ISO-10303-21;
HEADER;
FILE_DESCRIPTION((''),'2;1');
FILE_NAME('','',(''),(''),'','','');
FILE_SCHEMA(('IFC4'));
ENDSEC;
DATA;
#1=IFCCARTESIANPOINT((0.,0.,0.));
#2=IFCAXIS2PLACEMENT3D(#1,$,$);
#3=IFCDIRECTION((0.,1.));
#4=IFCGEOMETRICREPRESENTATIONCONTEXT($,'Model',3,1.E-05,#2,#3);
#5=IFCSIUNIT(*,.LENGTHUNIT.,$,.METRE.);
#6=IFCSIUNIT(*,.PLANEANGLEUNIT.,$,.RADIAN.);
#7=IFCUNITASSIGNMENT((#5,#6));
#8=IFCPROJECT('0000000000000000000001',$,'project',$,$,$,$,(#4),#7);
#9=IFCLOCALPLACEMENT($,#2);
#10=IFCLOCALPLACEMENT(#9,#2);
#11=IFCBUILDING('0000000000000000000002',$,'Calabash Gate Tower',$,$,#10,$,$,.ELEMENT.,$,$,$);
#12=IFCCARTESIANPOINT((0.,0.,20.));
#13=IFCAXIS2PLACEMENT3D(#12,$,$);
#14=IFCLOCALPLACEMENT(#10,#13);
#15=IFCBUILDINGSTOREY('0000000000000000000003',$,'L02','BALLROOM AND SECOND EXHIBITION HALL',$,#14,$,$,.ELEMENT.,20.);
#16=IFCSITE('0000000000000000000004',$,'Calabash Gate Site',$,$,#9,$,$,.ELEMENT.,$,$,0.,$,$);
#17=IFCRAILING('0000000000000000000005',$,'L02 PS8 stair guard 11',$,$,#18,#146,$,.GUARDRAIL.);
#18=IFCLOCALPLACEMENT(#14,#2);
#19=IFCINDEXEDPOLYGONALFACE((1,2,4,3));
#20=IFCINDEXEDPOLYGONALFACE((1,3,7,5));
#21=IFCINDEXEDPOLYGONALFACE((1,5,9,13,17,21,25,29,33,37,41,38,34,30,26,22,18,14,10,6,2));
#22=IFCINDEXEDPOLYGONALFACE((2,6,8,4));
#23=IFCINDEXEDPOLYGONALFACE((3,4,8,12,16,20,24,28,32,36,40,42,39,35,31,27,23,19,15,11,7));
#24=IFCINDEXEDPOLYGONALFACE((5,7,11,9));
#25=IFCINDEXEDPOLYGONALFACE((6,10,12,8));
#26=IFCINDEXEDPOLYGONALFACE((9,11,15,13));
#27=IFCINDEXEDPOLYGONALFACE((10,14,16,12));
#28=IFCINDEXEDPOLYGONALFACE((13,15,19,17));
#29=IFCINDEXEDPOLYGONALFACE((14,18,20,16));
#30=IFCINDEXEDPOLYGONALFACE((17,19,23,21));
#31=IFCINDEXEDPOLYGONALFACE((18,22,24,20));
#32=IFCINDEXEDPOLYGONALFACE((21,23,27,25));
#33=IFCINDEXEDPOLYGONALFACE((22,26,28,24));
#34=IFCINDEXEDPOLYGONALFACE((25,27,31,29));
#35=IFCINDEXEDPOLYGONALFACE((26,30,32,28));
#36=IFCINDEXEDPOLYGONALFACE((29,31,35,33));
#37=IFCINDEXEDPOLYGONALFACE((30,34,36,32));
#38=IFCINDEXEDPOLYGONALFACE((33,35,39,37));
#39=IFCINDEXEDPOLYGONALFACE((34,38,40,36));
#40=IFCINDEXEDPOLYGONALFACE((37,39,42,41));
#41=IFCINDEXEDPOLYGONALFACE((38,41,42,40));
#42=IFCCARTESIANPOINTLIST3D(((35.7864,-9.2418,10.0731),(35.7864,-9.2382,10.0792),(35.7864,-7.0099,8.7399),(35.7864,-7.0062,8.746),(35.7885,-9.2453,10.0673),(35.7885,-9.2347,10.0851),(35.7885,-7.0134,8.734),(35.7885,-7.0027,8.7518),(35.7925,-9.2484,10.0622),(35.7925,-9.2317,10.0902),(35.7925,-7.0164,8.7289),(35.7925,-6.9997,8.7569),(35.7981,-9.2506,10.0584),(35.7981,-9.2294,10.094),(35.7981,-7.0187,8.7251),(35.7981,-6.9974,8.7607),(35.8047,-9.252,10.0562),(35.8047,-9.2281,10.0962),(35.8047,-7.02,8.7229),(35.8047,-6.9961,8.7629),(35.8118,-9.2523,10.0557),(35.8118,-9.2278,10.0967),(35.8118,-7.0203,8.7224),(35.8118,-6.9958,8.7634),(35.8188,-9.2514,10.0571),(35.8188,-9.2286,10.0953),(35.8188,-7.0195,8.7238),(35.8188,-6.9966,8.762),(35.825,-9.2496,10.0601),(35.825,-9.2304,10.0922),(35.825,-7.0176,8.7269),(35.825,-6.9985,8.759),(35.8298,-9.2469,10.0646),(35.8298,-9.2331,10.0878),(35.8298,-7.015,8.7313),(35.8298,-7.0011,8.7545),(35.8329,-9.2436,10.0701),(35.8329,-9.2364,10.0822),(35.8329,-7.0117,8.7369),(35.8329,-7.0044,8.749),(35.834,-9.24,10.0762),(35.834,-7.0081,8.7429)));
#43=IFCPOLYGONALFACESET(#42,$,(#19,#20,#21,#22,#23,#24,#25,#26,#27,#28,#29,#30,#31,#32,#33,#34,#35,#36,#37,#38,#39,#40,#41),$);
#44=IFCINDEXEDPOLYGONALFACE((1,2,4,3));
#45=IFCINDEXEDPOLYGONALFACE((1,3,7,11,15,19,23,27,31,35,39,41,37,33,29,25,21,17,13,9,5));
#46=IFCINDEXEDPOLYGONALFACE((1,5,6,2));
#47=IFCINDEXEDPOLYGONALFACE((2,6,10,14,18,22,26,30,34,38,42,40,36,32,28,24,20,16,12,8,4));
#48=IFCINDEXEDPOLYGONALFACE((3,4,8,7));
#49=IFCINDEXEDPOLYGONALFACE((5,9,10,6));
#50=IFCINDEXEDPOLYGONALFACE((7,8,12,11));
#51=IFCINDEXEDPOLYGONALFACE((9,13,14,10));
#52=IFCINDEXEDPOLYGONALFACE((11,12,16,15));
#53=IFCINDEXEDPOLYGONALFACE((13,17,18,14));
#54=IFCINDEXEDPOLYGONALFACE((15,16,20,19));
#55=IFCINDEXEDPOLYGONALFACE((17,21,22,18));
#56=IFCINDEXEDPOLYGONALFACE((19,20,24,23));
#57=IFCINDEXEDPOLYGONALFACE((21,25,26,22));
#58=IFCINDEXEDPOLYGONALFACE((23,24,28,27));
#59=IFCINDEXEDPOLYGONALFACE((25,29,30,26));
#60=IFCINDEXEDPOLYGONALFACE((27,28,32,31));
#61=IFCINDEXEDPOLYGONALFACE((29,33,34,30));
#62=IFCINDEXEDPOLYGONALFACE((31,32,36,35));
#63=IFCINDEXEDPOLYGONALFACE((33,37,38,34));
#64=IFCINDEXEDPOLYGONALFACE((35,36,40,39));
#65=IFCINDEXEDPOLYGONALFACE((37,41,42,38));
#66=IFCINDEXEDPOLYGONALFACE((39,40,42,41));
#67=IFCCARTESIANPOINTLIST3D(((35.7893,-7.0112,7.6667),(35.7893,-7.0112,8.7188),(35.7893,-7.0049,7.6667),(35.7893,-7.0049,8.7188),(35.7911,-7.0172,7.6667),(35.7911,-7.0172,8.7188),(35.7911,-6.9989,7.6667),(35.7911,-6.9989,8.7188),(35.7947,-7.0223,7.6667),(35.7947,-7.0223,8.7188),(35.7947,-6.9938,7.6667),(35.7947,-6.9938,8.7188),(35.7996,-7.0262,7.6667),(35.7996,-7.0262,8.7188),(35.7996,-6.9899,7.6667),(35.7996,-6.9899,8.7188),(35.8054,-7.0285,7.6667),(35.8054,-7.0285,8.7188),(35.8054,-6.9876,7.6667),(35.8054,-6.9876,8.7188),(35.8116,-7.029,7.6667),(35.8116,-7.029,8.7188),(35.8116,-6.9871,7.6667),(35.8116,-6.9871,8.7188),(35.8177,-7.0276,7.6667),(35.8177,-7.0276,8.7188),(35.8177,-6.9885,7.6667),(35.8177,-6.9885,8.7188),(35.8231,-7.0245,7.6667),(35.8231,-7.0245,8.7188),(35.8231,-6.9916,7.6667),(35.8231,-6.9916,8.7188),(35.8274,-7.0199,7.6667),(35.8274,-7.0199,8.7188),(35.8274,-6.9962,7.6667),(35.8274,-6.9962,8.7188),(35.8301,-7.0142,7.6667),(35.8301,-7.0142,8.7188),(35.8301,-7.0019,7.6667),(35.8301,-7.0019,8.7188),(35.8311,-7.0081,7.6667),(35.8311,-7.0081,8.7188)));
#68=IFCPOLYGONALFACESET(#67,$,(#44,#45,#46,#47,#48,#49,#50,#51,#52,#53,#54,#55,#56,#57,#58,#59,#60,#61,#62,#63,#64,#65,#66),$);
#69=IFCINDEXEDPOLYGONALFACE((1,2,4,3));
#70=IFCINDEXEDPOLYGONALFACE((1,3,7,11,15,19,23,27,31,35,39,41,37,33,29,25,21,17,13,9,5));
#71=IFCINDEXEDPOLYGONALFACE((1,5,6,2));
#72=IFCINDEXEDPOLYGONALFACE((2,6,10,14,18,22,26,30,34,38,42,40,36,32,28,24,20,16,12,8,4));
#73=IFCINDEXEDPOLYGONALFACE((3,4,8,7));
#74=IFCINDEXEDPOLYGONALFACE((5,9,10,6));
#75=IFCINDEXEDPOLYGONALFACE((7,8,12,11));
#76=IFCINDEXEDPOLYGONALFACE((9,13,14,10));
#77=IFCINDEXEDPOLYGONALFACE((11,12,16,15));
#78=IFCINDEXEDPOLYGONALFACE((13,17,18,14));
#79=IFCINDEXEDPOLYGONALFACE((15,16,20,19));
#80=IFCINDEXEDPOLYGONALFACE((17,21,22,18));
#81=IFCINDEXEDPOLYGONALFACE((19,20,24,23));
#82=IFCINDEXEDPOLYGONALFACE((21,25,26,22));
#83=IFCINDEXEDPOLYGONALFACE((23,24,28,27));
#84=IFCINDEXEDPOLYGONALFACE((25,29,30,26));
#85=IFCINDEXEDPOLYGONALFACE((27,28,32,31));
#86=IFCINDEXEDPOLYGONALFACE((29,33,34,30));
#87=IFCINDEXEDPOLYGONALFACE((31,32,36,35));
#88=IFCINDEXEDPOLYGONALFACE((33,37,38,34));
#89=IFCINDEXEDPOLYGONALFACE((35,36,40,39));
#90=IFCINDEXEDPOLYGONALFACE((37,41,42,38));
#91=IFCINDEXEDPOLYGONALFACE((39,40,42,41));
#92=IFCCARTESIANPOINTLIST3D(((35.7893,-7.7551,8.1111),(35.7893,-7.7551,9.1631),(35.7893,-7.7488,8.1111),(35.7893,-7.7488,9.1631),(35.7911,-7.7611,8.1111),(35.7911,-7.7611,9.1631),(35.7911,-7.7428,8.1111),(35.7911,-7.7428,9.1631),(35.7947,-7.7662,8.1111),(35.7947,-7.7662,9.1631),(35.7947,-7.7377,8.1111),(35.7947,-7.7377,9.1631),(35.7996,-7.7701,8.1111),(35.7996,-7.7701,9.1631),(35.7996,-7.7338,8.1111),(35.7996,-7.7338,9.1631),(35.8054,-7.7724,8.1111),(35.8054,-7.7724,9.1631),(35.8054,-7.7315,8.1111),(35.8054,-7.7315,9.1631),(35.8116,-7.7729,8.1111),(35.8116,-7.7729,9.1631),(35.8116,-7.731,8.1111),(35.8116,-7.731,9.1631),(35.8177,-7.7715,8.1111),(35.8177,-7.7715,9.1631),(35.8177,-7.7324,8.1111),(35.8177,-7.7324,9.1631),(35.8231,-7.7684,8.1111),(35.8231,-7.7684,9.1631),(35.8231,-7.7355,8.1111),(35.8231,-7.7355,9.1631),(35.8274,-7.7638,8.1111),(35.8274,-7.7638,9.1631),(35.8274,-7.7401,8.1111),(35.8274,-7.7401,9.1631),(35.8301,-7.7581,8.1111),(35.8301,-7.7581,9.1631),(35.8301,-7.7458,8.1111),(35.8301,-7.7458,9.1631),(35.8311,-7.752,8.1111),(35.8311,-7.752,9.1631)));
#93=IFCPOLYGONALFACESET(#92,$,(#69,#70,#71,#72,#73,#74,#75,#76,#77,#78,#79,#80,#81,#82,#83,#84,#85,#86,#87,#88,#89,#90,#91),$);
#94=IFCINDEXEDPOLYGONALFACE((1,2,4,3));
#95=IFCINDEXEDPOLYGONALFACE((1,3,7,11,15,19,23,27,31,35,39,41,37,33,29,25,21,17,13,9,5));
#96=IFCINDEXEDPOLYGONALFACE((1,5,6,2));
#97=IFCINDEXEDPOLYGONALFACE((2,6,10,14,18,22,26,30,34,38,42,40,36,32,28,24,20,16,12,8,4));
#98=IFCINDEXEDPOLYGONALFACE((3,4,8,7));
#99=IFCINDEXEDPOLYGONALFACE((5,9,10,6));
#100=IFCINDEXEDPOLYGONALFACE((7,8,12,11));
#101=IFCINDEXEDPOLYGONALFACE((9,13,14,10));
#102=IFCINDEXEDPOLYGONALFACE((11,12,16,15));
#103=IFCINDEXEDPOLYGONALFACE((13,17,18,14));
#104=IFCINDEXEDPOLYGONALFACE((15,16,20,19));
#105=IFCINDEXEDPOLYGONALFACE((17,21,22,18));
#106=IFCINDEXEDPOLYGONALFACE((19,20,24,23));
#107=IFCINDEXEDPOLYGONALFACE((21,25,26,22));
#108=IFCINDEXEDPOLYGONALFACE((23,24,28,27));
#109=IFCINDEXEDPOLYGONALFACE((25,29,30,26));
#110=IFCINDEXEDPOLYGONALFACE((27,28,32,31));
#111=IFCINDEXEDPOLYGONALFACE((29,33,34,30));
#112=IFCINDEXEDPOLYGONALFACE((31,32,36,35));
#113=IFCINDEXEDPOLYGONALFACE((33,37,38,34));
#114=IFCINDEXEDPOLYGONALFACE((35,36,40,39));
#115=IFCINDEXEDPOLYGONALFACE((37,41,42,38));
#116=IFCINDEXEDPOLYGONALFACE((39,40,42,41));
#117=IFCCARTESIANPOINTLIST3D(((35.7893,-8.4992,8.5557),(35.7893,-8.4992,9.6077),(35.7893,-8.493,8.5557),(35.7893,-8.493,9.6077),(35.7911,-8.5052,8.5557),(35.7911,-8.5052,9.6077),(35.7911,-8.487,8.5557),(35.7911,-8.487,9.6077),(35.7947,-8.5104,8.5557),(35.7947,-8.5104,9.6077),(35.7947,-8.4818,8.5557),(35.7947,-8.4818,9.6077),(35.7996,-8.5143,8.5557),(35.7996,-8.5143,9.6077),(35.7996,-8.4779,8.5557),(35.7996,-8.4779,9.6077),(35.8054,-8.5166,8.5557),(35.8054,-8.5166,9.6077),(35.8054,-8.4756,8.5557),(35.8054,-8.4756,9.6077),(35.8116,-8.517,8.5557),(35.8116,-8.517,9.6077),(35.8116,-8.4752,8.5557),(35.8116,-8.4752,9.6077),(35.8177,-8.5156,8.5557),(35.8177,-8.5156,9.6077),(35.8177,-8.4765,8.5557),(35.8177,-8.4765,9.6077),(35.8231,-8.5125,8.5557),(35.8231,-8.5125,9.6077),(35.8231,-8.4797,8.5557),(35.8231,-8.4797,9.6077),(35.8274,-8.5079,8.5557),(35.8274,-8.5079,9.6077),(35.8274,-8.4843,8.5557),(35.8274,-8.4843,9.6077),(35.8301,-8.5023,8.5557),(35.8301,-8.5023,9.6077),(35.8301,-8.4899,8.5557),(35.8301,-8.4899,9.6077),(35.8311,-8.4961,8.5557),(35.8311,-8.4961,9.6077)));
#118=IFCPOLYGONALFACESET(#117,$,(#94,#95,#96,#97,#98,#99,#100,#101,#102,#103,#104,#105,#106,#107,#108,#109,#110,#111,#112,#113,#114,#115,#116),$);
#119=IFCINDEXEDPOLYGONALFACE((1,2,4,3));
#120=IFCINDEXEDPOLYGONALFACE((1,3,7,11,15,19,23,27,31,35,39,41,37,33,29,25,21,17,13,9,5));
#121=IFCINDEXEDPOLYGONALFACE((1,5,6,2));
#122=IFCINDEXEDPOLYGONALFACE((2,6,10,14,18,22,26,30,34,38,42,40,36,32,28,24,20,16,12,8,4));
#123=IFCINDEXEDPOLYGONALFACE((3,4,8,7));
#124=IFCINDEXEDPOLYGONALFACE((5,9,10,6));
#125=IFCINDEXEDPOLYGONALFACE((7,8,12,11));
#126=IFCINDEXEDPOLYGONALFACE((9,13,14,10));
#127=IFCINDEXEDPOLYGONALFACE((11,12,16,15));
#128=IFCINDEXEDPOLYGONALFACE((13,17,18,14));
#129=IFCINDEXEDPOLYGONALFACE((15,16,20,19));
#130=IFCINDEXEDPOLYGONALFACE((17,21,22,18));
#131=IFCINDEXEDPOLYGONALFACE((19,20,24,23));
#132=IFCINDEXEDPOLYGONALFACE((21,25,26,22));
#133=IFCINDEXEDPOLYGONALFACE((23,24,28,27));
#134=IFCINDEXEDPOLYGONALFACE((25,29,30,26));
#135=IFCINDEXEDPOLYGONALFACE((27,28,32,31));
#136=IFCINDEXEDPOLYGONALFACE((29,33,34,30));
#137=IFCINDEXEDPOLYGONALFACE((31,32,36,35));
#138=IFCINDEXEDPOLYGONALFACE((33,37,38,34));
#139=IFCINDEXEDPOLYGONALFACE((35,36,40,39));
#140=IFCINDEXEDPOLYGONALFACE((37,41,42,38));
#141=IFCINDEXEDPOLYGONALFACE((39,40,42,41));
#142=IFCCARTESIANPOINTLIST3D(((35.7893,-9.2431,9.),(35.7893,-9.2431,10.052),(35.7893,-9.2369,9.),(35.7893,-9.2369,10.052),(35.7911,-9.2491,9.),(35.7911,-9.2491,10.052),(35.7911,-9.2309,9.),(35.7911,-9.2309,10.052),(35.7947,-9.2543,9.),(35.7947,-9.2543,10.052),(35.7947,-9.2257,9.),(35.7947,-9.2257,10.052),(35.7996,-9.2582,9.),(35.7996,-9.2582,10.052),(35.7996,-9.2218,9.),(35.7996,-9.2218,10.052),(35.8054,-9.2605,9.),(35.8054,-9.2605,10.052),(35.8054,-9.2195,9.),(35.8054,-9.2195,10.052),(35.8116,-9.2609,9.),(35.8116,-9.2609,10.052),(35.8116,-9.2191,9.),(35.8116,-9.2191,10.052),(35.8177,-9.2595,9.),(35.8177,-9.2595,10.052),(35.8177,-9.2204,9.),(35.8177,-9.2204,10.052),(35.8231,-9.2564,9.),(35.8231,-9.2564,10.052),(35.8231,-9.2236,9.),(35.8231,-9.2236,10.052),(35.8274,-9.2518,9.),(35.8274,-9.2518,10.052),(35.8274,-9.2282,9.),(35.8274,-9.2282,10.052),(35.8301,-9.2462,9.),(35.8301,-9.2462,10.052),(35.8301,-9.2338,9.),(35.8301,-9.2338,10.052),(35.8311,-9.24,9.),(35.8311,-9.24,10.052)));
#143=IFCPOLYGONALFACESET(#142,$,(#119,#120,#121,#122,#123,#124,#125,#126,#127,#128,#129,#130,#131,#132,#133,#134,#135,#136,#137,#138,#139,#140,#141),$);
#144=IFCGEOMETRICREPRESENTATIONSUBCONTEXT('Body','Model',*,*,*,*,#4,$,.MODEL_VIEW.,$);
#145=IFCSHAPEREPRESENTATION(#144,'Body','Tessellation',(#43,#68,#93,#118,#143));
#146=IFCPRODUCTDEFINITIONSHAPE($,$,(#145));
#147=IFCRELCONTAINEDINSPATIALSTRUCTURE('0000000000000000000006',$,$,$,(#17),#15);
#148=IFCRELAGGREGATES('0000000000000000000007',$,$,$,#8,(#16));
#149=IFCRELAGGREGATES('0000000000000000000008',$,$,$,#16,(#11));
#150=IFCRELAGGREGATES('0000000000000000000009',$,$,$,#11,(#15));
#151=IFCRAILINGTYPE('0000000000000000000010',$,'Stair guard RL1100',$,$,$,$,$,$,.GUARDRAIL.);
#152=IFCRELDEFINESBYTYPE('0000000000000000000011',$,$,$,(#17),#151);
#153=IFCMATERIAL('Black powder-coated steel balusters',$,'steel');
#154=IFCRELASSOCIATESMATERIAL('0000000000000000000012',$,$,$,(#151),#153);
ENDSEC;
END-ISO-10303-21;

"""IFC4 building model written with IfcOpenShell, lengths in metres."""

from ifc_helpers import new_model, si_unit, direction, frame, origin, origin_2d, place, context, subcontext, project, spatial, circle, extrude, material, type_object, element, save


model = new_model("IFC4")

# Units and contexts
model_context = context("Model", 3, precision=1e-05, world=origin(), true_north=direction((0.0, 1.0)))
body_context = subcontext(model_context, "Body", "Model", "MODEL_VIEW")
ifc_project = project(units=[si_unit("LENGTHUNIT", "METRE"), si_unit("PLANEANGLEUNIT", "RADIAN")], contexts=[model_context])

# Site, building, storey
site_placement = place(None, origin())
site = spatial("IfcSite", under=ifc_project, at=site_placement, Name="Calabash Gate Site", CompositionType="ELEMENT", RefElevation=0.0)
building_placement = place(site_placement, origin())
building = spatial("IfcBuilding", under=site, at=building_placement, Name="Calabash Gate Tower", CompositionType="ELEMENT")
storey_placement = place(building_placement, frame((0.0, 0.0, 20.0)))
storey = spatial("IfcBuildingStorey", under=building, at=storey_placement, Name="L02", Description="BALLROOM AND SECOND EXHIBITION HALL", CompositionType="ELEMENT", Elevation=20.0)

# Railing
ifc_material_1 = material(Name="Black powder-coated steel balusters", Category="steel")
railing_type_1 = type_object("IfcRailingType", Name="Stair guard RL1100", PredefinedType="GUARDRAIL", material=ifc_material_1)
railing_1_placement = place(storey_placement, frame((35.8101, -7.0081, 7.6667)))
element("IfcRailing", 1, at=railing_1_placement, inside=storey, type_object=railing_type_1, Name="L02 PS8 stair guard 11", PredefinedType="GUARDRAIL", context=body_context, shape_type="SweptSolid", body=[
    extrude(circle(Radius=0.0239, at=origin_2d()), frame((0.0, 0.0, 1.0762), z_axis=(0.0, -0.858494, 0.512824), x_axis=(1.0, 0.0, 0.0)), (0.0, 0.0, 1.0), 2.5999),
    extrude(circle(Radius=0.021, at=origin_2d()), origin(), (0.0, 0.0, 1.0), 1.052),
    extrude(circle(Radius=0.021, at=origin_2d()), frame((0.0, -0.7439, 0.4443)), (0.0, 0.0, 1.0), 1.052),
    extrude(circle(Radius=0.021, at=origin_2d()), frame((0.0, -1.488, 0.8889)), (0.0, 0.0, 1.0), 1.052),
    extrude(circle(Radius=0.021, at=origin_2d()), frame((0.0, -2.2319, 1.3333)), (0.0, 0.0, 1.0), 1.052),
])

save(model, "model.ifc")
